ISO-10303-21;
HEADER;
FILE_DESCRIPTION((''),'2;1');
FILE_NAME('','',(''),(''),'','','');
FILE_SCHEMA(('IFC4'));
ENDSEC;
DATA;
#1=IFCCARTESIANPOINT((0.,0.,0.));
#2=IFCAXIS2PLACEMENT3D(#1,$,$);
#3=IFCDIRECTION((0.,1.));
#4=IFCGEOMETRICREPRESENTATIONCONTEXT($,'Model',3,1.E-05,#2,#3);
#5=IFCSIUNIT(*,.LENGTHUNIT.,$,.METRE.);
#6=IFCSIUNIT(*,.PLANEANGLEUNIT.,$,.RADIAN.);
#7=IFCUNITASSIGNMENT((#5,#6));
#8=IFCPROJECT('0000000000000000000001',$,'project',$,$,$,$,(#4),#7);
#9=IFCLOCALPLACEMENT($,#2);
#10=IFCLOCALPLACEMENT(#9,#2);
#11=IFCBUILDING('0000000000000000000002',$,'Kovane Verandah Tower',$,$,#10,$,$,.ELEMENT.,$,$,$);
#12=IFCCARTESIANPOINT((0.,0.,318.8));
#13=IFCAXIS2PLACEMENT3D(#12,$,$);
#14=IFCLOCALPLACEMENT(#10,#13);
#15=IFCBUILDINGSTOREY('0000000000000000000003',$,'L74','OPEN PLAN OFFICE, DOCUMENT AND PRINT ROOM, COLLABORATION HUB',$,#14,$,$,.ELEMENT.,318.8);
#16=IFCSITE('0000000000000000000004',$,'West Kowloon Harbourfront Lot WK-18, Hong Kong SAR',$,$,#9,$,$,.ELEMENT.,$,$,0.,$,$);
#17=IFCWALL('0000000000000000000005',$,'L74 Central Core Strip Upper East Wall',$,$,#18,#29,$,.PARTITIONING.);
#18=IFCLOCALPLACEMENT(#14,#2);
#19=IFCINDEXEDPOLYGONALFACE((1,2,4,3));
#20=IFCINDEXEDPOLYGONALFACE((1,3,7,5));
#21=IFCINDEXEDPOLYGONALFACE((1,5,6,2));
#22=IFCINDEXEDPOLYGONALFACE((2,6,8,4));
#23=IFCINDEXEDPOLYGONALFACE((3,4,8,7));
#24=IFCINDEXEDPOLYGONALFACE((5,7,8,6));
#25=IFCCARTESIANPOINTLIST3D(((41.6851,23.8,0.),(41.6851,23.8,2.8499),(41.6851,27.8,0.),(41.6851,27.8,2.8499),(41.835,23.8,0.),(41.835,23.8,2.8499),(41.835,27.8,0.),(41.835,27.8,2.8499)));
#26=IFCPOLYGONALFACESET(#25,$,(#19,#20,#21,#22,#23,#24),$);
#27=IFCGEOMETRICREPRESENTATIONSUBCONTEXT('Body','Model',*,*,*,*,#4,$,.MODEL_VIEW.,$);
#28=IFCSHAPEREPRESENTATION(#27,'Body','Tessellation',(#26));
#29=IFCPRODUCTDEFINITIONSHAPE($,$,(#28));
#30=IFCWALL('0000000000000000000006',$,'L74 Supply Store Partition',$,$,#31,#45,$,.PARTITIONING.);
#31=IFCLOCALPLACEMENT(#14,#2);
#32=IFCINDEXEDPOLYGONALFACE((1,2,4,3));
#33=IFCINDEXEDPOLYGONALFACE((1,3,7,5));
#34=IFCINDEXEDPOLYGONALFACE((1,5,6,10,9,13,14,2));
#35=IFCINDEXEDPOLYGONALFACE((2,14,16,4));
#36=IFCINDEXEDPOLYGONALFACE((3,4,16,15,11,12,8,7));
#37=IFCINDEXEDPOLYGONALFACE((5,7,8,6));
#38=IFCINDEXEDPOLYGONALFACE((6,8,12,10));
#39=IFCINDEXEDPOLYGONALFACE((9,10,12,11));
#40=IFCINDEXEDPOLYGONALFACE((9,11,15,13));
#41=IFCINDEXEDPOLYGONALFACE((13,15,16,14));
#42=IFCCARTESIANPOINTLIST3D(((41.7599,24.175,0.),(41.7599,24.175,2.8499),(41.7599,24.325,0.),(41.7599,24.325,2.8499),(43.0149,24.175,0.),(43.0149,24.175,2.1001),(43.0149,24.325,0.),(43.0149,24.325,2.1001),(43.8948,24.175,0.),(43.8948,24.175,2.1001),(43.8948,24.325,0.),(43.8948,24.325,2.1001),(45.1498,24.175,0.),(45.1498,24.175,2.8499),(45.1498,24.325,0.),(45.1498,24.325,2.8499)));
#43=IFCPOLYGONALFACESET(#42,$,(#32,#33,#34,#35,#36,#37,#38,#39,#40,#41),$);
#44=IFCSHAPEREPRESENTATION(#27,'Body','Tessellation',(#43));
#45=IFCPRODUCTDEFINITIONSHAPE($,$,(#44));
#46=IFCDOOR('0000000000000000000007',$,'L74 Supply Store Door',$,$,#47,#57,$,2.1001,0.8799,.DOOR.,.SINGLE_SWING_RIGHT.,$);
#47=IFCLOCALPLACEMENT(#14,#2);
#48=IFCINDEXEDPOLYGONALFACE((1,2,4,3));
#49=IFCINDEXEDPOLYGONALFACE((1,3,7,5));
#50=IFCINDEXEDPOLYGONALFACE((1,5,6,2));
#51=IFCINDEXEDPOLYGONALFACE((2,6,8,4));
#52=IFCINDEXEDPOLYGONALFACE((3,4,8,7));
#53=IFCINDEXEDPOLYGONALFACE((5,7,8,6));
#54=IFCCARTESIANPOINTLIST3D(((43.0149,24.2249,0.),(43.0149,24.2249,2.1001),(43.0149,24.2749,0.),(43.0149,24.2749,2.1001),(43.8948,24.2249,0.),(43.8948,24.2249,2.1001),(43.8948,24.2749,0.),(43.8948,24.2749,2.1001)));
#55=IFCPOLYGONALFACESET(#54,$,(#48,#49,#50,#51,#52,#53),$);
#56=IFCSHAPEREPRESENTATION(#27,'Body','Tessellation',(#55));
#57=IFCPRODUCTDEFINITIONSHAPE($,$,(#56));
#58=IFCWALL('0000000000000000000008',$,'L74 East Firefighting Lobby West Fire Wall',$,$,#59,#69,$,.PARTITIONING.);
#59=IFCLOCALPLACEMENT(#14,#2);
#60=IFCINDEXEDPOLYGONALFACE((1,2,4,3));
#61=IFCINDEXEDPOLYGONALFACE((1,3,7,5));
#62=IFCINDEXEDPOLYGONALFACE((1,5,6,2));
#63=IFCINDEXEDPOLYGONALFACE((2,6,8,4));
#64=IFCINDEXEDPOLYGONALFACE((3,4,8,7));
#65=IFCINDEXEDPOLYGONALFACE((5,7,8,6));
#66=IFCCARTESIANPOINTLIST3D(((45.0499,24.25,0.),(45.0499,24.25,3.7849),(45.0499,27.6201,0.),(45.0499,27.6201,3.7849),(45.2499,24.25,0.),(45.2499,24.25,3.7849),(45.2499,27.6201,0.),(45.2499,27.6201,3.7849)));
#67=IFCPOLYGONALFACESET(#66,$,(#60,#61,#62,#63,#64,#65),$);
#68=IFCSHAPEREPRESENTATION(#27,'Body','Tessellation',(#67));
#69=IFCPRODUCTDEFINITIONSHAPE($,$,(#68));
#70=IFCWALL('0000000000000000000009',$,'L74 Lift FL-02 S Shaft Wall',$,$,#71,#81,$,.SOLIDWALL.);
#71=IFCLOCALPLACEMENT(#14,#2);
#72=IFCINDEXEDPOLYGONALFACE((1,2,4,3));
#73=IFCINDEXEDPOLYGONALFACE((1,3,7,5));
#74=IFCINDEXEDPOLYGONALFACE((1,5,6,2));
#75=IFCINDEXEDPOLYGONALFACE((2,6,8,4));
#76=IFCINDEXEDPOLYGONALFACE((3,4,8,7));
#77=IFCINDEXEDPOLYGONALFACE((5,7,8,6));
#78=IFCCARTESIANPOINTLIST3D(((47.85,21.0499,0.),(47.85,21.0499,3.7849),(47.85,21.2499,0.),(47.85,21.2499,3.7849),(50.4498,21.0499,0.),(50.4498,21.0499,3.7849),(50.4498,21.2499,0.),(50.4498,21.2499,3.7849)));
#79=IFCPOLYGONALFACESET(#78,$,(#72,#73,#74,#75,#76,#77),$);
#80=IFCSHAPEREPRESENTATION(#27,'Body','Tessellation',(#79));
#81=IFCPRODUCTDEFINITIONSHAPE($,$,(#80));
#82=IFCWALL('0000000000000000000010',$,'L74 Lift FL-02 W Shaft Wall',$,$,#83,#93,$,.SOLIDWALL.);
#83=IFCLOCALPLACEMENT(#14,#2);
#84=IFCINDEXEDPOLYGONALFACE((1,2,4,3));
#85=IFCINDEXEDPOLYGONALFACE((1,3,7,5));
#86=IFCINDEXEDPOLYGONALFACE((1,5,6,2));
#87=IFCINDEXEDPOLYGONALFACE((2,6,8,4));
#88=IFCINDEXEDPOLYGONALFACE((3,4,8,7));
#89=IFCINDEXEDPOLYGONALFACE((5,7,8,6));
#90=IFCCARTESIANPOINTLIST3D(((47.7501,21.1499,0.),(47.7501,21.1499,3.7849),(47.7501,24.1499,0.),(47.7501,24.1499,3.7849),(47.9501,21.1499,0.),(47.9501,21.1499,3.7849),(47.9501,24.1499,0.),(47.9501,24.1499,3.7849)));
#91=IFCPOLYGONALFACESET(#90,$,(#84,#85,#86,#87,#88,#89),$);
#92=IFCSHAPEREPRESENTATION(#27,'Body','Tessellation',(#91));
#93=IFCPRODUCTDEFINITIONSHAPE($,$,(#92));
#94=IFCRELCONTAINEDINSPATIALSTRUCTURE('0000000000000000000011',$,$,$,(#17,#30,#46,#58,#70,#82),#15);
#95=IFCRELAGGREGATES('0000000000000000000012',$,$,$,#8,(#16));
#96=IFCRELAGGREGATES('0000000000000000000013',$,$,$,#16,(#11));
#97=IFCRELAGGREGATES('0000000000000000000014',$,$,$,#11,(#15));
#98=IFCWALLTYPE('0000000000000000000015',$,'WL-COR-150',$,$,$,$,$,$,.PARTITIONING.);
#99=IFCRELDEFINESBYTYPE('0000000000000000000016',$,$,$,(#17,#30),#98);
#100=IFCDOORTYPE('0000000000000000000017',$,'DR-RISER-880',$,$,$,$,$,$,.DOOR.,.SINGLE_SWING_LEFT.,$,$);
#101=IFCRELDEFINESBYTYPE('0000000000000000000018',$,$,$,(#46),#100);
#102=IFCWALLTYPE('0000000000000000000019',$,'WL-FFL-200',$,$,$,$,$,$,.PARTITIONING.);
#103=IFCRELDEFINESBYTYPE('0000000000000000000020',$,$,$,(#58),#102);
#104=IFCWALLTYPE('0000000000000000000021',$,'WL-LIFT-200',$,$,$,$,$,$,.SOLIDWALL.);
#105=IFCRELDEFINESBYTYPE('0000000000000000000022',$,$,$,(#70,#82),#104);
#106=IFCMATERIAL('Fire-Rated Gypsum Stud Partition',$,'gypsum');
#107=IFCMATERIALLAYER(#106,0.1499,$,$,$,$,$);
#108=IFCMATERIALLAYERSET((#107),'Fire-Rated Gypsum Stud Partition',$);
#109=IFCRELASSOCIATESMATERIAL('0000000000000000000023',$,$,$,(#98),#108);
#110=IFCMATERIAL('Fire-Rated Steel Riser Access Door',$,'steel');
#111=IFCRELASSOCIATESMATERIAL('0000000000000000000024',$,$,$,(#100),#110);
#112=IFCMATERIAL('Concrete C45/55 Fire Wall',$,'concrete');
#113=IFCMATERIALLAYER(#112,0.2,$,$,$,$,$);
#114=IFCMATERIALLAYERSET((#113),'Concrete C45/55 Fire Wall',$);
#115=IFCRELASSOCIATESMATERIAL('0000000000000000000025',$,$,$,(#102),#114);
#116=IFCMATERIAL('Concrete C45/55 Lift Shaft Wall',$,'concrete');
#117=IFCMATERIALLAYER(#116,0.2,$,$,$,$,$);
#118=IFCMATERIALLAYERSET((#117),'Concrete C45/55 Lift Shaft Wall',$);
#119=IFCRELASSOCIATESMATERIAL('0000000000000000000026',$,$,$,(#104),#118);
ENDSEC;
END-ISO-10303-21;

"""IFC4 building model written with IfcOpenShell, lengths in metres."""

from ifc_helpers import new_model, si_unit, direction, frame, frame_2d, origin, place, context, subcontext, project, spatial, rectangle, extrude, material, layer, layer_set, type_object, element, fill, save


model = new_model("IFC4")

# Units and contexts
model_context = context("Model", 3, precision=1e-05, world=origin(), true_north=direction((0.0, 1.0)))
body_context = subcontext(model_context, "Body", "Model", "MODEL_VIEW")
ifc_project = project(units=[si_unit("LENGTHUNIT", "METRE"), si_unit("PLANEANGLEUNIT", "RADIAN")], contexts=[model_context])

# Site, building, storey
site_placement = place(None, origin())
site = spatial("IfcSite", under=ifc_project, at=site_placement, Name="West Kowloon Harbourfront Lot WK-18, Hong Kong SAR", CompositionType="ELEMENT", RefElevation=0.0)
building_placement = place(site_placement, origin())
building = spatial("IfcBuilding", under=site, at=building_placement, Name="Kovane Verandah Tower", CompositionType="ELEMENT")
storey_placement = place(building_placement, frame((0.0, 0.0, 318.8)))
storey = spatial("IfcBuildingStorey", under=building, at=storey_placement, Name="L74", Description="OPEN PLAN OFFICE, DOCUMENT AND PRINT ROOM, COLLABORATION HUB", CompositionType="ELEMENT", Elevation=318.8)

# Wall
ifc_material_1 = material(Name="Fire-Rated Gypsum Stud Partition", Category="gypsum")
ifc_layer_1 = layer(ifc_material_1, 0.1499)
ifc_layer_set_1 = layer_set([ifc_layer_1], Name="Fire-Rated Gypsum Stud Partition")
wall_type_1 = type_object("IfcWallType", Name="WL-COR-150", PredefinedType="PARTITIONING", material=ifc_layer_set_1)
wall_1_placement = place(storey_placement, frame((41.76, 23.8, 0.0), z_axis=(0.0, 0.0, 1.0), x_axis=(0.0, 1.0, 0.0)))
element("IfcWall", 1, at=wall_1_placement, inside=storey, type_object=wall_type_1, Name="L74 Central Core Strip Upper East Wall", PredefinedType="PARTITIONING", context=body_context, shape_type="SweptSolid", body=[
    extrude(rectangle(XDim=4.0, YDim=0.1499, at=frame_2d((2.0, 0.0))), origin(), (0.0, 0.0, 1.0), 2.8499),
])

# Wall, opening, door
wall_2_placement = place(storey_placement, frame((41.76, 24.25, 0.0), z_axis=(0.0, 0.0, 1.0), x_axis=(1.0, 0.0, 0.0)))
wall_2 = element("IfcWall", 2, at=wall_2_placement, inside=storey, type_object=wall_type_1, Name="L74 Supply Store Partition", PredefinedType="PARTITIONING", context=body_context, shape_type="SweptSolid", body=[
    extrude(rectangle(XDim=3.3899, YDim=0.1499, at=frame_2d((1.6948, 0.0))), origin(), (0.0, 0.0, 1.0), 2.8499),
])
opening_1_placement = place(wall_2_placement, frame((1.2549, 0.0, 0.0)))
opening_1 = element("IfcOpeningElement", 3, at=opening_1_placement, cuts=wall_2, PredefinedType="OPENING", context=body_context, shape_type="SweptSolid", body=[
    extrude(rectangle(XDim=0.8799, YDim=2.1001, at=frame_2d((0.4399, 1.05))), frame((0.0, 0.075, 0.0), z_axis=(0.0, -1.0, 0.0), x_axis=(1.0, 0.0, 0.0)), (0.0, 0.0, 1.0), 0.1499),
])
ifc_material_2 = material(Name="Fire-Rated Steel Riser Access Door", Category="steel")
door_type_1 = type_object("IfcDoorType", Name="DR-RISER-880", OperationType="SINGLE_SWING_LEFT", PredefinedType="DOOR", material=ifc_material_2)
door_1_placement = place(opening_1_placement, origin())
door_1 = element("IfcDoor", 4, at=door_1_placement, inside=storey, type_object=door_type_1, Name="L74 Supply Store Door", OperationType="SINGLE_SWING_RIGHT", OverallHeight=2.1001, OverallWidth=0.8799, PredefinedType="DOOR", context=body_context, shape_type="SweptSolid", body=[
    extrude(rectangle(XDim=0.8799, YDim=2.1001, at=frame_2d((0.4399, 1.05))), frame((0.0, 0.0249, 0.0), z_axis=(0.0, -1.0, 0.0), x_axis=(1.0, 0.0, 0.0)), (0.0, 0.0, 1.0), 0.05),
])
fill(opening_1, door_1)

# Wall
ifc_material_3 = material(Name="Concrete C45/55 Fire Wall", Category="concrete")
ifc_layer_2 = layer(ifc_material_3, 0.2)
ifc_layer_set_2 = layer_set([ifc_layer_2], Name="Concrete C45/55 Fire Wall")
wall_type_2 = type_object("IfcWallType", Name="WL-FFL-200", PredefinedType="PARTITIONING", material=ifc_layer_set_2)
wall_3_placement = place(storey_placement, frame((45.1499, 24.25, 0.0), z_axis=(0.0, 0.0, 1.0), x_axis=(0.0, 1.0, 0.0)))
element("IfcWall", 5, at=wall_3_placement, inside=storey, type_object=wall_type_2, Name="L74 East Firefighting Lobby West Fire Wall", PredefinedType="PARTITIONING", context=body_context, shape_type="SweptSolid", body=[
    extrude(rectangle(XDim=3.3701, YDim=0.2, at=frame_2d((1.6851, 0.0))), origin(), (0.0, 0.0, 1.0), 3.7849),
])

# Wall
ifc_material_4 = material(Name="Concrete C45/55 Lift Shaft Wall", Category="concrete")
ifc_layer_3 = layer(ifc_material_4, 0.2)
ifc_layer_set_3 = layer_set([ifc_layer_3], Name="Concrete C45/55 Lift Shaft Wall")
wall_type_3 = type_object("IfcWallType", Name="WL-LIFT-200", PredefinedType="SOLIDWALL", material=ifc_layer_set_3)
wall_4_placement = place(storey_placement, frame((47.8501, 21.1499, 0.0), z_axis=(0.0, 0.0, 1.0), x_axis=(1.0, 0.0, 0.0)))
element("IfcWall", 6, at=wall_4_placement, inside=storey, type_object=wall_type_3, Name="L74 Lift FL-02 S Shaft Wall", PredefinedType="SOLIDWALL", context=body_context, shape_type="SweptSolid", body=[
    extrude(rectangle(XDim=2.5999, YDim=0.2, at=frame_2d((1.2998, 0.0))), origin(), (0.0, 0.0, 1.0), 3.7849),
])

# Wall
wall_5_placement = place(storey_placement, frame((47.8501, 24.1499, 0.0), z_axis=(0.0, 0.0, 1.0), x_axis=(0.0, -1.0, 0.0)))
element("IfcWall", 7, at=wall_5_placement, inside=storey, type_object=wall_type_3, Name="L74 Lift FL-02 W Shaft Wall", PredefinedType="SOLIDWALL", context=body_context, shape_type="SweptSolid", body=[
    extrude(rectangle(XDim=3.0, YDim=0.2, at=frame_2d((1.5, 0.0))), origin(), (0.0, 0.0, 1.0), 3.7849),
])

save(model, "model.ifc")
